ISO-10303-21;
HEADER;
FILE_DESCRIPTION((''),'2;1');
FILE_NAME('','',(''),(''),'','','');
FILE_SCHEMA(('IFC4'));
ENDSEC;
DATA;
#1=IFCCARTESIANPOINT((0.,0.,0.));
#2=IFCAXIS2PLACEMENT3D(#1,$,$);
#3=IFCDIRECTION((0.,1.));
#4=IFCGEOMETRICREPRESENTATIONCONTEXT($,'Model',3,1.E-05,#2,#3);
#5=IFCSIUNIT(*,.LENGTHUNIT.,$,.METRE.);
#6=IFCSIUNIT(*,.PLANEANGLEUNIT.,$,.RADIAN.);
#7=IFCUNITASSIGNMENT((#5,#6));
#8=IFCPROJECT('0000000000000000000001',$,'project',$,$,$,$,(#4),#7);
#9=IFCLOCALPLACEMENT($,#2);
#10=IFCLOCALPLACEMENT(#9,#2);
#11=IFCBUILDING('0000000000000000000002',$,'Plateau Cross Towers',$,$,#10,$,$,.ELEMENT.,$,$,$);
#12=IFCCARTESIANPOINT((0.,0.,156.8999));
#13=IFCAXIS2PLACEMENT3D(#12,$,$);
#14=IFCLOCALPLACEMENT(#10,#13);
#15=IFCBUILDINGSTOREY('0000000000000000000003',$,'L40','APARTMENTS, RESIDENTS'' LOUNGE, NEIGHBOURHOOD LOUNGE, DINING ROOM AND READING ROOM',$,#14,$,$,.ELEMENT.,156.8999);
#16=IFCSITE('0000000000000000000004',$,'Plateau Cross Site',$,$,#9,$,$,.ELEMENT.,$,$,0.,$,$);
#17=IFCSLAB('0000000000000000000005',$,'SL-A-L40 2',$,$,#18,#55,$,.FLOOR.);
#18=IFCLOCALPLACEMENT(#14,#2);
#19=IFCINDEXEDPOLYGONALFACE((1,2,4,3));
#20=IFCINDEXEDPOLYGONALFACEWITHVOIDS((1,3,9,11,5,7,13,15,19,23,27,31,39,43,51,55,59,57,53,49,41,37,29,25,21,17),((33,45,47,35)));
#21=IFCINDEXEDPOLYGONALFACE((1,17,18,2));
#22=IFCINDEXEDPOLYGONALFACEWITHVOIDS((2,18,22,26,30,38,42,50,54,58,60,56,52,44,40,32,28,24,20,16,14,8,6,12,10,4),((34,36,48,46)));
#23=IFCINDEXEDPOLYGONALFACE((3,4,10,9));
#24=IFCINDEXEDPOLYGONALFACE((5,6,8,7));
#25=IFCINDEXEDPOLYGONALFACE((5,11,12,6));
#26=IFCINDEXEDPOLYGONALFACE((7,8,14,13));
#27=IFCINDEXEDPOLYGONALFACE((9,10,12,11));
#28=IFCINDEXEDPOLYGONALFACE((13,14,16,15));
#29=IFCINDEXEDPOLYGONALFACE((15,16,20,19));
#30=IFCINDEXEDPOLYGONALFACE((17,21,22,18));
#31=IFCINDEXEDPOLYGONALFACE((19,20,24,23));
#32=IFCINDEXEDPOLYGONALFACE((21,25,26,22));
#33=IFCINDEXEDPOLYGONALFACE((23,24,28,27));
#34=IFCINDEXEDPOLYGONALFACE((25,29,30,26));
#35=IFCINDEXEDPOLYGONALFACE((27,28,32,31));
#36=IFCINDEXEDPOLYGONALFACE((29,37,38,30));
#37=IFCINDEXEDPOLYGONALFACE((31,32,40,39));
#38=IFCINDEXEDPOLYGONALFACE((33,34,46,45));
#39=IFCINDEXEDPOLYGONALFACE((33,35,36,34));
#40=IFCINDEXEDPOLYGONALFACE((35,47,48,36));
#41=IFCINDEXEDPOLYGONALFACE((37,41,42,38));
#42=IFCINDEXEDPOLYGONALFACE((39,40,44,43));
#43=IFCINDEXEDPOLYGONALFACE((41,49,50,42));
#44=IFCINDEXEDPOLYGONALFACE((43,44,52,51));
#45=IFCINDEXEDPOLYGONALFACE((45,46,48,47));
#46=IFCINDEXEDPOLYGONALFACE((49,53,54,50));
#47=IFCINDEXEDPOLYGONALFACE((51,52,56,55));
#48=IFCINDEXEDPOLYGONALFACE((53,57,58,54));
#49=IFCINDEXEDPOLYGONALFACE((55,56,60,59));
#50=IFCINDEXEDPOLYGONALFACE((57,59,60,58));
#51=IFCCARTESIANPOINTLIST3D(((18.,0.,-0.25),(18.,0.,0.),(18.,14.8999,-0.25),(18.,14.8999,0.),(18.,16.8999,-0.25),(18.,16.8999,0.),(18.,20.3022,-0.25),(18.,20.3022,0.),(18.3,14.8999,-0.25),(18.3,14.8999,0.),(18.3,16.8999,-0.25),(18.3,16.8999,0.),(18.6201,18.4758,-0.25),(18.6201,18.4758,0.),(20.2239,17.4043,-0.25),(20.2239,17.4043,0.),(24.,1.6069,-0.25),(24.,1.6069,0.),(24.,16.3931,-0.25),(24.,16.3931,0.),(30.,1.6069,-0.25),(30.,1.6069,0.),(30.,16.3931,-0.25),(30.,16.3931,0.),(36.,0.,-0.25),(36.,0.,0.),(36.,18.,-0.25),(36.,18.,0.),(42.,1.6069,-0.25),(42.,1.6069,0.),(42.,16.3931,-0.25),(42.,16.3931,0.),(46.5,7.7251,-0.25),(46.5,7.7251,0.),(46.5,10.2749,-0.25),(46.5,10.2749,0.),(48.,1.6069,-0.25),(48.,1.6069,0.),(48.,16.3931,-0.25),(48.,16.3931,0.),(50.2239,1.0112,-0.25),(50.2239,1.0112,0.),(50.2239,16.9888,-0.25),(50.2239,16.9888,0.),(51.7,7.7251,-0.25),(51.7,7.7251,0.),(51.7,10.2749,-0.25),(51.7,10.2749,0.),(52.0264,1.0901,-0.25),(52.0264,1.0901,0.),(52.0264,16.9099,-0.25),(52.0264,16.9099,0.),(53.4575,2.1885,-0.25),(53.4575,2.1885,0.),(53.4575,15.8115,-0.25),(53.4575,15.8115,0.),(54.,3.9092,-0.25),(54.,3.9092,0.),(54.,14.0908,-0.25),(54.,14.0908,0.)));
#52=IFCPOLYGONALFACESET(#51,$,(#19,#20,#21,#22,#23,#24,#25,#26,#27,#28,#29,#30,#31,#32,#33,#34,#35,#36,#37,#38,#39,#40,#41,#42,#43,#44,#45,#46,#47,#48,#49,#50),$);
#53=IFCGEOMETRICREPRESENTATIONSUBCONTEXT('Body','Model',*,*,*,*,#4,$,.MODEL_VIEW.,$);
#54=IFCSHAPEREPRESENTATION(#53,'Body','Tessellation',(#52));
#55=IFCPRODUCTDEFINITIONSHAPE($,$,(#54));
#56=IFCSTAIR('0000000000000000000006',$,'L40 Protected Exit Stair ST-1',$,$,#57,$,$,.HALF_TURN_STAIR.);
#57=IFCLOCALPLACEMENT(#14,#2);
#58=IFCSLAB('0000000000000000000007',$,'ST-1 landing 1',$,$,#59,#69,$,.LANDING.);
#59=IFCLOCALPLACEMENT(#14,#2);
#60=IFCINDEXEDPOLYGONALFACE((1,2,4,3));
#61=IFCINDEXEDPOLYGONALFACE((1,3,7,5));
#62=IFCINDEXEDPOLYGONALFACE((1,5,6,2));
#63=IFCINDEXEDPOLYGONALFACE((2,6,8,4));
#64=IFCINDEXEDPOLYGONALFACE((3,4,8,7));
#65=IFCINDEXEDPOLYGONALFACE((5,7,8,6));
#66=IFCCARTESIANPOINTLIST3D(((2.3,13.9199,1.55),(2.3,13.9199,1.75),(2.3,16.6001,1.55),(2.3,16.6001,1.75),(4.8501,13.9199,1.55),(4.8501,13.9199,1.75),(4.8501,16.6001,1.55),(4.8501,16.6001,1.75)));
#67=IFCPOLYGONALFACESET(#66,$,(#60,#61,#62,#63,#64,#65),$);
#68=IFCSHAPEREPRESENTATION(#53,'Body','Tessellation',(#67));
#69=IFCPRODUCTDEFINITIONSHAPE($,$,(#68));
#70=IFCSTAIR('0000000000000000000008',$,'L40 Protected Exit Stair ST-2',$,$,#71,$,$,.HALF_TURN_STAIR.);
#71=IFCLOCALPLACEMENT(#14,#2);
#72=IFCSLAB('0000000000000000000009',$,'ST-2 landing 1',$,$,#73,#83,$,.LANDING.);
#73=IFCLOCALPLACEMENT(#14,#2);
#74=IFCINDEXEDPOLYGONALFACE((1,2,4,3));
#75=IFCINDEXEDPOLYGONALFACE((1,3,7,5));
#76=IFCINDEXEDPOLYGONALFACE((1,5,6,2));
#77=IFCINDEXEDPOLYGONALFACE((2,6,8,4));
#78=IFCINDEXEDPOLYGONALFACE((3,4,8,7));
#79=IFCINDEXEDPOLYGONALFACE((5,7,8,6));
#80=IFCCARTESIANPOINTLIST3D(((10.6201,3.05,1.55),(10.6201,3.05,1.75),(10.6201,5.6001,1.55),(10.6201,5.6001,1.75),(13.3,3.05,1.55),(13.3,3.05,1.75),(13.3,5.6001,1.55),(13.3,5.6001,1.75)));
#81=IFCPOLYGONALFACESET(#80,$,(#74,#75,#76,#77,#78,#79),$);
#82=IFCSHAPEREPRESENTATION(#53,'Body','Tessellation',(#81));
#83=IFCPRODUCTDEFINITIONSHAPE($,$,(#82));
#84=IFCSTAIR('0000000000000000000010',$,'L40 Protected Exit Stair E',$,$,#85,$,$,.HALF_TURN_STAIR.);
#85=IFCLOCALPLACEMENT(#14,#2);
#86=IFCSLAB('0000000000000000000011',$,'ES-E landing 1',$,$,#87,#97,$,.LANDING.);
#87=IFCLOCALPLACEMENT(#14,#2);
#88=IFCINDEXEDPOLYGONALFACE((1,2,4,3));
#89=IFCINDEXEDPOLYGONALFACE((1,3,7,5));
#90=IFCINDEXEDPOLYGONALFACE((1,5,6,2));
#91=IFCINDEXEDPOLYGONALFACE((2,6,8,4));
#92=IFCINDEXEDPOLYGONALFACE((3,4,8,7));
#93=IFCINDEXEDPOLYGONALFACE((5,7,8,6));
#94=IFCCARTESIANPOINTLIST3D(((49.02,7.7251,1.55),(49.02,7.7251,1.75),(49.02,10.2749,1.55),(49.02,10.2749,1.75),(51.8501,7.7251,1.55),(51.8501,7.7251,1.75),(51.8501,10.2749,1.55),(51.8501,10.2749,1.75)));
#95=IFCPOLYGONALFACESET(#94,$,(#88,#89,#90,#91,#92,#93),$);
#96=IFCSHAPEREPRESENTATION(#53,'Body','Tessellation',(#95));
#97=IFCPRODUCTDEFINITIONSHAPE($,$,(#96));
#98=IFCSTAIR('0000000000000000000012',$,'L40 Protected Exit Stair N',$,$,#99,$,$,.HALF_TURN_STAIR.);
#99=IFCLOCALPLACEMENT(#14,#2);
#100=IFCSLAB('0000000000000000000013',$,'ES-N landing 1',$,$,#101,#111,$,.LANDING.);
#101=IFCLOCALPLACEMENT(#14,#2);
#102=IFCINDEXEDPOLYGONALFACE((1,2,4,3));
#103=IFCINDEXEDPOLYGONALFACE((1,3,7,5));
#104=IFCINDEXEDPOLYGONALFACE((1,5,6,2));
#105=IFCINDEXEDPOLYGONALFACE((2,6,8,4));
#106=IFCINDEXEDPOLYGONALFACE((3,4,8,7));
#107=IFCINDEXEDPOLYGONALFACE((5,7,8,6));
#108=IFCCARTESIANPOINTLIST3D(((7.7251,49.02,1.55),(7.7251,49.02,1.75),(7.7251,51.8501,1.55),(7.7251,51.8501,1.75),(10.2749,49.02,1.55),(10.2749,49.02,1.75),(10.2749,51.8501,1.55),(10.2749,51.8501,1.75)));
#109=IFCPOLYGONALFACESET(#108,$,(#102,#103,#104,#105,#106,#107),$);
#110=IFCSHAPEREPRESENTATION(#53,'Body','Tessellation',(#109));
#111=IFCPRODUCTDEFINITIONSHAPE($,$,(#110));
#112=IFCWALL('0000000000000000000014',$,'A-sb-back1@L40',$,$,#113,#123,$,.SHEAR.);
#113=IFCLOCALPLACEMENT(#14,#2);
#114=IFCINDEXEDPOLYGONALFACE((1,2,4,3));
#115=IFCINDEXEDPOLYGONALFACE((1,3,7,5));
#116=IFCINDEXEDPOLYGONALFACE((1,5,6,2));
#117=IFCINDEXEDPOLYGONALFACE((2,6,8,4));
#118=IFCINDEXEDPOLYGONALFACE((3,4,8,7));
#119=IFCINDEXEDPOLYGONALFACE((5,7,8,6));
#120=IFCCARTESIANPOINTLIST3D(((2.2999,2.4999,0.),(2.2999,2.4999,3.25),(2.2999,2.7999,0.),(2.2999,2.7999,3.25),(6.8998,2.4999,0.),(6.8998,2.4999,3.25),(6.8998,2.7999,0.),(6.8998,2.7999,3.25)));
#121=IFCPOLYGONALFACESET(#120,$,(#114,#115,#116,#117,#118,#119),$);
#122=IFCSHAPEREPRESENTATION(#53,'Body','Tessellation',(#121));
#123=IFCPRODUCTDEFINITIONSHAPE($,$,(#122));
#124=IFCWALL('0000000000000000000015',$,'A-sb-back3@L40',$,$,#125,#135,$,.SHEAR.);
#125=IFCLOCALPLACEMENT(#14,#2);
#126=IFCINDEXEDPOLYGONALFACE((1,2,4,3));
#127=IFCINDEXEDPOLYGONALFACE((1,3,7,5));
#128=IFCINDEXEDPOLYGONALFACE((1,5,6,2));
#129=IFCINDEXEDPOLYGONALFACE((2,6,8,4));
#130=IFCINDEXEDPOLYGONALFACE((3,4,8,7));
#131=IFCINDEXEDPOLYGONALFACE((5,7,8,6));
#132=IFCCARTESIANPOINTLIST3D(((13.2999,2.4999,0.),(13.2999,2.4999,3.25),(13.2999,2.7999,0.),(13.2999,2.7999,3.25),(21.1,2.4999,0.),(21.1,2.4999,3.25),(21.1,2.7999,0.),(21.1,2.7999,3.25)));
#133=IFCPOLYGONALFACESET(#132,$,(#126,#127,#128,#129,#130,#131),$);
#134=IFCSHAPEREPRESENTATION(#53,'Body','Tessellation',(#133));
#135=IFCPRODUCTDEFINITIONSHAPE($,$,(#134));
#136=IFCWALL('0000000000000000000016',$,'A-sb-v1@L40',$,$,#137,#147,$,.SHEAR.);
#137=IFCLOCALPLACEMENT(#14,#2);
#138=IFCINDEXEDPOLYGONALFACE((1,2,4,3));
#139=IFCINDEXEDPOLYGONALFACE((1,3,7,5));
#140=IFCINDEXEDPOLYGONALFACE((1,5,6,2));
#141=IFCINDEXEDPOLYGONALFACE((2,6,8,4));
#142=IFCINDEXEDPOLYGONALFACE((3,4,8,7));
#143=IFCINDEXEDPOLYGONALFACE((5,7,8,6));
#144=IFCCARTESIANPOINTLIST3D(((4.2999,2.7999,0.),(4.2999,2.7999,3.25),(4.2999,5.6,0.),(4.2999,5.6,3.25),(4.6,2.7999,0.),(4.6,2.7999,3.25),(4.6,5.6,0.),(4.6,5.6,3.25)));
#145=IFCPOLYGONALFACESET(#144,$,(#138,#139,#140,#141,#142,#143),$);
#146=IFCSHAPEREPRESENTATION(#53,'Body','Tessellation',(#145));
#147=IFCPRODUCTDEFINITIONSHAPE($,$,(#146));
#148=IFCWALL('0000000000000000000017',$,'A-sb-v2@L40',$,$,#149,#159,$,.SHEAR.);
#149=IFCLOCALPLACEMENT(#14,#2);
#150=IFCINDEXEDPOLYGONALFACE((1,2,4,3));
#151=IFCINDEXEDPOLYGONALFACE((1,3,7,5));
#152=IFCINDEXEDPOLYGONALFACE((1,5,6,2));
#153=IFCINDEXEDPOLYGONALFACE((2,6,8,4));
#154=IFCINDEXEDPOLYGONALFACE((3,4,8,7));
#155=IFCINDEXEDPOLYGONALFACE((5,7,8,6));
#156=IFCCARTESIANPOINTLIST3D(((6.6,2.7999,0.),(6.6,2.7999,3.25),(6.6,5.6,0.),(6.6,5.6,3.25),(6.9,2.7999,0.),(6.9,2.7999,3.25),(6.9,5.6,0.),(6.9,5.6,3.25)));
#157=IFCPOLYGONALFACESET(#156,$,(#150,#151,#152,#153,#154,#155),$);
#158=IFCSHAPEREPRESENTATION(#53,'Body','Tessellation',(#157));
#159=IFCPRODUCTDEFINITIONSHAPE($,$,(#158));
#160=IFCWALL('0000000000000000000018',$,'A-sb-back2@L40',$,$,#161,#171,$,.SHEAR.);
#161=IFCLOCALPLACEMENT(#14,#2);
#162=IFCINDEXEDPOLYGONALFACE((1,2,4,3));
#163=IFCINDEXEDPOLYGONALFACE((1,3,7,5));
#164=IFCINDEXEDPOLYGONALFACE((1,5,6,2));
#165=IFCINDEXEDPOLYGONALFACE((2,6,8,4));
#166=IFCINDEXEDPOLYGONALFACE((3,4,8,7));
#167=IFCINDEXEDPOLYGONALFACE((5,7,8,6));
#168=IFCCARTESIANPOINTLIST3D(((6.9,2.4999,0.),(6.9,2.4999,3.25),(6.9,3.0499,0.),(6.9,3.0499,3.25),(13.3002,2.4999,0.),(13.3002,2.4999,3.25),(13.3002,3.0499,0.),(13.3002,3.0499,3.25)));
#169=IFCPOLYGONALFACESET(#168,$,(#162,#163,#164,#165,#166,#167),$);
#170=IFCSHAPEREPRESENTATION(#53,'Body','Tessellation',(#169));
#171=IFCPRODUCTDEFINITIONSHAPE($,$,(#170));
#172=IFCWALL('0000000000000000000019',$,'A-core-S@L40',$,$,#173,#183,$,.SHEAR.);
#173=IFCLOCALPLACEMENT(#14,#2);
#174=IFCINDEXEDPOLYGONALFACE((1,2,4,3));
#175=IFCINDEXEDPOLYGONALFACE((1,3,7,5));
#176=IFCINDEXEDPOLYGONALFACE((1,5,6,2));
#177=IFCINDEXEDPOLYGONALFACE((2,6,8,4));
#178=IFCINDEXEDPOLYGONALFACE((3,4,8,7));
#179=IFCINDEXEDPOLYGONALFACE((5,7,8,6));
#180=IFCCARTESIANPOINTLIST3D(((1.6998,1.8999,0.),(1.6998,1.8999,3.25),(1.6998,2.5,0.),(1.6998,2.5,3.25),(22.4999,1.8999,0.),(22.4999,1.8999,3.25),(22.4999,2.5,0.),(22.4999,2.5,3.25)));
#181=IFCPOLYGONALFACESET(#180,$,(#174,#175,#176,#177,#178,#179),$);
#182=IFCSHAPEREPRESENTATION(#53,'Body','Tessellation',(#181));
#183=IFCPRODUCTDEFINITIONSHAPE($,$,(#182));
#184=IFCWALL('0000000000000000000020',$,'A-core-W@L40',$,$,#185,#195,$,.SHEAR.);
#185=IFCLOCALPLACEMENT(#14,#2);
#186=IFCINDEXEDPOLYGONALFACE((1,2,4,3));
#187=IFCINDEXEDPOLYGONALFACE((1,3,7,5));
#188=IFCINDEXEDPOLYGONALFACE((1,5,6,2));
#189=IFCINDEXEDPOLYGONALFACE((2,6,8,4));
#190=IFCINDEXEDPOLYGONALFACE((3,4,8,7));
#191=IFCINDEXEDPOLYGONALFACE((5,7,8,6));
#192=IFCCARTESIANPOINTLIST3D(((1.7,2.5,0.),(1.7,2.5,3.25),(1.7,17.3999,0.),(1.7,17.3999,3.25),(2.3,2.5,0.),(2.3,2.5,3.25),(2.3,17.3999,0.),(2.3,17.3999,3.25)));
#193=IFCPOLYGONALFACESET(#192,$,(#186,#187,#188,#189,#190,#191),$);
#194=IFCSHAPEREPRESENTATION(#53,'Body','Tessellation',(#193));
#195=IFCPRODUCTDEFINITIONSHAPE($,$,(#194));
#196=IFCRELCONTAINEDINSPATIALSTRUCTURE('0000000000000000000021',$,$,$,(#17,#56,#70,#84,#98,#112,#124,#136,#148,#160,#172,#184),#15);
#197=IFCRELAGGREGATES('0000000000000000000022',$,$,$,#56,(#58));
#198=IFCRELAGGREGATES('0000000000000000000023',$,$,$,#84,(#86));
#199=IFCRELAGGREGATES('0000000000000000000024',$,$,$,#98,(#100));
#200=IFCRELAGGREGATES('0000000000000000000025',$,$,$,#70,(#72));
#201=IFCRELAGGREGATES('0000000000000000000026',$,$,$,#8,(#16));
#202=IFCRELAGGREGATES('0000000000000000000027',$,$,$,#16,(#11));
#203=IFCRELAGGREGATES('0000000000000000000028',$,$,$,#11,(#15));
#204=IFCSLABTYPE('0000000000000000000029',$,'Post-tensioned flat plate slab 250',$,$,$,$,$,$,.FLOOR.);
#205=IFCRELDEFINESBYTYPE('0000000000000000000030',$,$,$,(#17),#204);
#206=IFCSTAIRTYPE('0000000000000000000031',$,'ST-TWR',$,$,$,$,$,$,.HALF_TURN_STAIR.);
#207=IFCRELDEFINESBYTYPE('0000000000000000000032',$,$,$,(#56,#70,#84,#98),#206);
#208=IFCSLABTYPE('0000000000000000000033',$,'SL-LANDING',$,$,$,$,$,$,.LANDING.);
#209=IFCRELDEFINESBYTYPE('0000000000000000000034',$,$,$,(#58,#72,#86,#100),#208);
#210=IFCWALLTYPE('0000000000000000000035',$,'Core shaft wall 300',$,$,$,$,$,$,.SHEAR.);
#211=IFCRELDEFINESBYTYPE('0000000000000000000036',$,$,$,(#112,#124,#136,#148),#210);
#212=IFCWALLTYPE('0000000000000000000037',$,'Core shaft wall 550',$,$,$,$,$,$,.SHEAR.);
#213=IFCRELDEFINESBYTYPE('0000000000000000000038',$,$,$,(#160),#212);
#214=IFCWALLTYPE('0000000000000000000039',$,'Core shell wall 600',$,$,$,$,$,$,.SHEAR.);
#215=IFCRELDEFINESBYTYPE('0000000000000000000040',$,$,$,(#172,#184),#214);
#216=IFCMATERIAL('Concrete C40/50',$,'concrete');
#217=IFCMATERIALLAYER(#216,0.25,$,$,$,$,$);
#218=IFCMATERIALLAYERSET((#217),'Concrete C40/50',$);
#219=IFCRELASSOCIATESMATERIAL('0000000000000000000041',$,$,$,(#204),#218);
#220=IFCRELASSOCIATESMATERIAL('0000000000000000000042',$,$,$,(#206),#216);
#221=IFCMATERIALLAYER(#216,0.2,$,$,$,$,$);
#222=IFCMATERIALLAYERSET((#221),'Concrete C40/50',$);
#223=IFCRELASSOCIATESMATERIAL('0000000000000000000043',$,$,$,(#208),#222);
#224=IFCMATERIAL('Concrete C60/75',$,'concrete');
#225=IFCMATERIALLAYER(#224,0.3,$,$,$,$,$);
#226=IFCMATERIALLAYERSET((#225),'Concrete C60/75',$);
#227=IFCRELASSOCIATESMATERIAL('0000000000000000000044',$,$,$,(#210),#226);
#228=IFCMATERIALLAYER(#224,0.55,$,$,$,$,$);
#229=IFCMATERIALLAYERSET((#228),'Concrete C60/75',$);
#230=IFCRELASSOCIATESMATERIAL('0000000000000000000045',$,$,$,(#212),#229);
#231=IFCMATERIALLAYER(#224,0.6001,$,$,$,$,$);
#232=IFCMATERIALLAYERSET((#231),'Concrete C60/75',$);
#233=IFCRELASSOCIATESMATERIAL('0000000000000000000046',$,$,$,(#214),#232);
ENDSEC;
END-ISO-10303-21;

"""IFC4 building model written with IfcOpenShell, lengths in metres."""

from ifc_helpers import new_model, si_unit, direction, frame, frame_2d, origin, place, context, subcontext, project, spatial, polyline, rectangle, outline, extrude, material, layer, layer_set, type_object, element, aggregate, save


model = new_model("IFC4")

# Units and contexts
model_context = context("Model", 3, precision=1e-05, world=origin(), true_north=direction((0.0, 1.0)))
body_context = subcontext(model_context, "Body", "Model", "MODEL_VIEW")
ifc_project = project(units=[si_unit("LENGTHUNIT", "METRE"), si_unit("PLANEANGLEUNIT", "RADIAN")], contexts=[model_context])

# Site, building, storey
site_placement = place(None, origin())
site = spatial("IfcSite", under=ifc_project, at=site_placement, Name="Plateau Cross Site", CompositionType="ELEMENT", RefElevation=0.0)
building_placement = place(site_placement, origin())
building = spatial("IfcBuilding", under=site, at=building_placement, Name="Plateau Cross Towers", CompositionType="ELEMENT")
storey_placement = place(building_placement, frame((0.0, 0.0, 156.8999)))
storey = spatial("IfcBuildingStorey", under=building, at=storey_placement, Name="L40", Description="APARTMENTS, RESIDENTS' LOUNGE, NEIGHBOURHOOD LOUNGE, DINING ROOM AND READING ROOM", CompositionType="ELEMENT", Elevation=156.8999)

# Shared definitions
ifc_material_1 = material(Name="Concrete C60/75", Category="concrete")

# Shared definitions
ifc_material_2 = material(Name="Concrete C40/50", Category="concrete")

# Slab
ifc_layer_1 = layer(ifc_material_2, 0.25)
ifc_layer_set_1 = layer_set([ifc_layer_1], Name="Concrete C40/50")
slab_type_1 = type_object("IfcSlabType", Name="Post-tensioned flat plate slab 250", PredefinedType="FLOOR", material=ifc_layer_set_1)
slab_1_placement = place(storey_placement, frame((0.0, 0.0, -0.25)))
element("IfcSlab", 1, at=slab_1_placement, inside=storey, type_object=slab_type_1, Name="SL-A-L40 2", PredefinedType="FLOOR", context=body_context, shape_type="SweptSolid", body=[
    extrude(outline(polyline([(18.6201, 18.4758), (20.2239, 17.4043), (24.0, 16.3931), (30.0, 16.3931), (36.0, 18.0), (42.0, 16.3931), (48.0, 16.3931), (50.2239, 16.9888), (52.0264, 16.9099), (53.4575, 15.8115), (54.0, 14.0908), (54.0, 3.9092), (53.4575, 2.1885), (52.0264, 1.0901), (50.2239, 1.0112), (48.0, 1.6069), (42.0, 1.6069), (36.0, 0.0), (30.0, 1.6069), (24.0, 1.6069), (18.0, 0.0), (18.0, 14.8999), (18.3, 14.8999), (18.3, 16.8999), (18.0, 16.8999), (18.0, 20.3022), (18.6201, 18.4758)]), holes=[polyline([(46.5, 10.2749), (46.5, 7.7251), (51.7, 7.7251), (51.7, 10.2749), (46.5, 10.2749)])]), origin(), (0.0, 0.0, 1.0), 0.25),
])

# Stairs, slabs
stair_type = type_object("IfcStairType", Name="ST-TWR", PredefinedType="HALF_TURN_STAIR", material=ifc_material_2)
stair_1_placement = place(storey_placement, origin())
stair_1 = element("IfcStair", 2, at=stair_1_placement, inside=storey, type_object=stair_type, Name="L40 Protected Exit Stair ST-1", PredefinedType="HALF_TURN_STAIR")
ifc_layer_2 = layer(ifc_material_2, 0.2)
ifc_layer_set_2 = layer_set([ifc_layer_2], Name="Concrete C40/50")
slab_type_2 = type_object("IfcSlabType", Name="SL-LANDING", PredefinedType="LANDING", material=ifc_layer_set_2)
slab_2_placement = place(storey_placement, frame((0.0, 0.0, 1.55)))
slab_2 = element("IfcSlab", 3, at=slab_2_placement, type_object=slab_type_2, Name="ST-1 landing 1", PredefinedType="LANDING", context=body_context, shape_type="SweptSolid", body=[
    extrude(outline(polyline([(4.8501, 13.9199), (4.8501, 16.6001), (2.3, 16.6001), (2.3, 13.9199), (4.8501, 13.9199)])), origin(), (0.0, 0.0, 1.0), 0.2),
])
aggregate(stair_1, [slab_2])
stair_2_placement = place(storey_placement, origin())
stair_2 = element("IfcStair", 4, at=stair_2_placement, inside=storey, type_object=stair_type, Name="L40 Protected Exit Stair ST-2", PredefinedType="HALF_TURN_STAIR")
slab_3_placement = place(storey_placement, frame((0.0, 0.0, 1.55)))
slab_3 = element("IfcSlab", 5, at=slab_3_placement, type_object=slab_type_2, Name="ST-2 landing 1", PredefinedType="LANDING", context=body_context, shape_type="SweptSolid", body=[
    extrude(outline(polyline([(10.6201, 3.05), (13.3, 3.05), (13.3, 5.6001), (10.6201, 5.6001), (10.6201, 3.05)])), origin(), (0.0, 0.0, 1.0), 0.2),
])
stair_3_placement = place(storey_placement, origin())
stair_3 = element("IfcStair", 6, at=stair_3_placement, inside=storey, type_object=stair_type, Name="L40 Protected Exit Stair E", PredefinedType="HALF_TURN_STAIR")
slab_4_placement = place(storey_placement, frame((0.0, 0.0, 1.55)))
slab_4 = element("IfcSlab", 7, at=slab_4_placement, type_object=slab_type_2, Name="ES-E landing 1", PredefinedType="LANDING", context=body_context, shape_type="SweptSolid", body=[
    extrude(outline(polyline([(49.02, 7.7251), (51.8501, 7.7251), (51.8501, 10.2749), (49.02, 10.2749), (49.02, 7.7251)])), origin(), (0.0, 0.0, 1.0), 0.2),
])
aggregate(stair_3, [slab_4])
stair_4_placement = place(storey_placement, origin())
stair_4 = element("IfcStair", 8, at=stair_4_placement, inside=storey, type_object=stair_type, Name="L40 Protected Exit Stair N", PredefinedType="HALF_TURN_STAIR")
slab_5_placement = place(storey_placement, frame((0.0, 0.0, 1.55)))
slab_5 = element("IfcSlab", 9, at=slab_5_placement, type_object=slab_type_2, Name="ES-N landing 1", PredefinedType="LANDING", context=body_context, shape_type="SweptSolid", body=[
    extrude(outline(polyline([(10.2749, 49.02), (10.2749, 51.8501), (7.7251, 51.8501), (7.7251, 49.02), (10.2749, 49.02)])), origin(), (0.0, 0.0, 1.0), 0.2),
])
aggregate(stair_4, [slab_5])

# Walls
ifc_layer_3 = layer(ifc_material_1, 0.3)
ifc_layer_set_3 = layer_set([ifc_layer_3], Name="Concrete C60/75")
wall_type_1 = type_object("IfcWallType", Name="Core shaft wall 300", PredefinedType="SHEAR", material=ifc_layer_set_3)
wall_1_placement = place(storey_placement, frame((2.3, 2.6499, 0.0), z_axis=(0.0, 0.0, 1.0), x_axis=(1.0, 0.0, 0.0)))
element("IfcWall", 10, at=wall_1_placement, inside=storey, type_object=wall_type_1, Name="A-sb-back1@L40", PredefinedType="SHEAR", context=body_context, shape_type="SweptSolid", body=[
    extrude(rectangle(XDim=4.5999, YDim=0.3, at=frame_2d((2.2998, 0.0))), origin(), (0.0, 0.0, 1.0), 3.25),
])
wall_2_placement = place(storey_placement, frame((13.3, 2.6499, 0.0), z_axis=(0.0, 0.0, 1.0), x_axis=(1.0, 0.0, 0.0)))
element("IfcWall", 11, at=wall_2_placement, inside=storey, type_object=wall_type_1, Name="A-sb-back3@L40", PredefinedType="SHEAR", context=body_context, shape_type="SweptSolid", body=[
    extrude(rectangle(XDim=7.8, YDim=0.3, at=frame_2d((3.8999, 0.0))), origin(), (0.0, 0.0, 1.0), 3.25),
])
for number, where, z_axis, x_axis, name in (
    (12, (4.45, 2.8, 0.0), (0.0, 0.0, 1.0), (0.0, 1.0, 0.0), "A-sb-v1@L40"),
    (13, (6.75, 2.8, 0.0), (0.0, 0.0, 1.0), (0.0, 1.0, 0.0), "A-sb-v2@L40"),
):
    element("IfcWall", number, at=place(storey_placement, frame(where, z_axis=z_axis, x_axis=x_axis)), inside=storey, type_object=wall_type_1, Name=name, PredefinedType="SHEAR", context=body_context, shape_type="SweptSolid", body=[
        extrude(rectangle(XDim=2.8, YDim=0.3, at=frame_2d((1.3999, 0.0))), origin(), (0.0, 0.0, 1.0), 3.25),
    ])
ifc_layer_4 = layer(ifc_material_1, 0.55)
ifc_layer_set_4 = layer_set([ifc_layer_4], Name="Concrete C60/75")
wall_type_2 = type_object("IfcWallType", Name="Core shaft wall 550", PredefinedType="SHEAR", material=ifc_layer_set_4)
wall_3_placement = place(storey_placement, frame((6.8999, 2.7749, 0.0), z_axis=(0.0, 0.0, 1.0), x_axis=(1.0, 0.0, 0.0)))
element("IfcWall", 14, at=wall_3_placement, inside=storey, type_object=wall_type_2, Name="A-sb-back2@L40", PredefinedType="SHEAR", context=body_context, shape_type="SweptSolid", body=[
    extrude(rectangle(XDim=6.4001, YDim=0.55, at=frame_2d((3.2002, 0.0))), origin(), (0.0, 0.0, 1.0), 3.25),
])
ifc_layer_5 = layer(ifc_material_1, 0.6001)
ifc_layer_set_5 = layer_set([ifc_layer_5], Name="Concrete C60/75")
wall_type_3 = type_object("IfcWallType", Name="Core shell wall 600", PredefinedType="SHEAR", material=ifc_layer_set_5)
wall_4_placement = place(storey_placement, frame((1.7, 2.2, 0.0), z_axis=(0.0, 0.0, 1.0), x_axis=(1.0, 0.0, 0.0)))
element("IfcWall", 15, at=wall_4_placement, inside=storey, type_object=wall_type_3, Name="A-core-S@L40", PredefinedType="SHEAR", context=body_context, shape_type="SweptSolid", body=[
    extrude(rectangle(XDim=20.8, YDim=0.6001, at=frame_2d((10.3999, 0.0))), origin(), (0.0, 0.0, 1.0), 3.25),
])
wall_5_placement = place(storey_placement, frame((2.0, 2.5, 0.0), z_axis=(0.0, 0.0, 1.0), x_axis=(0.0, 1.0, 0.0)))
element("IfcWall", 16, at=wall_5_placement, inside=storey, type_object=wall_type_3, Name="A-core-W@L40", PredefinedType="SHEAR", context=body_context, shape_type="SweptSolid", body=[
    extrude(rectangle(XDim=14.8999, YDim=0.6001, at=frame_2d((7.45, 0.0))), origin(), (0.0, 0.0, 1.0), 3.25),
])

aggregate(stair_2, [slab_3])

save(model, "model.ifc")
